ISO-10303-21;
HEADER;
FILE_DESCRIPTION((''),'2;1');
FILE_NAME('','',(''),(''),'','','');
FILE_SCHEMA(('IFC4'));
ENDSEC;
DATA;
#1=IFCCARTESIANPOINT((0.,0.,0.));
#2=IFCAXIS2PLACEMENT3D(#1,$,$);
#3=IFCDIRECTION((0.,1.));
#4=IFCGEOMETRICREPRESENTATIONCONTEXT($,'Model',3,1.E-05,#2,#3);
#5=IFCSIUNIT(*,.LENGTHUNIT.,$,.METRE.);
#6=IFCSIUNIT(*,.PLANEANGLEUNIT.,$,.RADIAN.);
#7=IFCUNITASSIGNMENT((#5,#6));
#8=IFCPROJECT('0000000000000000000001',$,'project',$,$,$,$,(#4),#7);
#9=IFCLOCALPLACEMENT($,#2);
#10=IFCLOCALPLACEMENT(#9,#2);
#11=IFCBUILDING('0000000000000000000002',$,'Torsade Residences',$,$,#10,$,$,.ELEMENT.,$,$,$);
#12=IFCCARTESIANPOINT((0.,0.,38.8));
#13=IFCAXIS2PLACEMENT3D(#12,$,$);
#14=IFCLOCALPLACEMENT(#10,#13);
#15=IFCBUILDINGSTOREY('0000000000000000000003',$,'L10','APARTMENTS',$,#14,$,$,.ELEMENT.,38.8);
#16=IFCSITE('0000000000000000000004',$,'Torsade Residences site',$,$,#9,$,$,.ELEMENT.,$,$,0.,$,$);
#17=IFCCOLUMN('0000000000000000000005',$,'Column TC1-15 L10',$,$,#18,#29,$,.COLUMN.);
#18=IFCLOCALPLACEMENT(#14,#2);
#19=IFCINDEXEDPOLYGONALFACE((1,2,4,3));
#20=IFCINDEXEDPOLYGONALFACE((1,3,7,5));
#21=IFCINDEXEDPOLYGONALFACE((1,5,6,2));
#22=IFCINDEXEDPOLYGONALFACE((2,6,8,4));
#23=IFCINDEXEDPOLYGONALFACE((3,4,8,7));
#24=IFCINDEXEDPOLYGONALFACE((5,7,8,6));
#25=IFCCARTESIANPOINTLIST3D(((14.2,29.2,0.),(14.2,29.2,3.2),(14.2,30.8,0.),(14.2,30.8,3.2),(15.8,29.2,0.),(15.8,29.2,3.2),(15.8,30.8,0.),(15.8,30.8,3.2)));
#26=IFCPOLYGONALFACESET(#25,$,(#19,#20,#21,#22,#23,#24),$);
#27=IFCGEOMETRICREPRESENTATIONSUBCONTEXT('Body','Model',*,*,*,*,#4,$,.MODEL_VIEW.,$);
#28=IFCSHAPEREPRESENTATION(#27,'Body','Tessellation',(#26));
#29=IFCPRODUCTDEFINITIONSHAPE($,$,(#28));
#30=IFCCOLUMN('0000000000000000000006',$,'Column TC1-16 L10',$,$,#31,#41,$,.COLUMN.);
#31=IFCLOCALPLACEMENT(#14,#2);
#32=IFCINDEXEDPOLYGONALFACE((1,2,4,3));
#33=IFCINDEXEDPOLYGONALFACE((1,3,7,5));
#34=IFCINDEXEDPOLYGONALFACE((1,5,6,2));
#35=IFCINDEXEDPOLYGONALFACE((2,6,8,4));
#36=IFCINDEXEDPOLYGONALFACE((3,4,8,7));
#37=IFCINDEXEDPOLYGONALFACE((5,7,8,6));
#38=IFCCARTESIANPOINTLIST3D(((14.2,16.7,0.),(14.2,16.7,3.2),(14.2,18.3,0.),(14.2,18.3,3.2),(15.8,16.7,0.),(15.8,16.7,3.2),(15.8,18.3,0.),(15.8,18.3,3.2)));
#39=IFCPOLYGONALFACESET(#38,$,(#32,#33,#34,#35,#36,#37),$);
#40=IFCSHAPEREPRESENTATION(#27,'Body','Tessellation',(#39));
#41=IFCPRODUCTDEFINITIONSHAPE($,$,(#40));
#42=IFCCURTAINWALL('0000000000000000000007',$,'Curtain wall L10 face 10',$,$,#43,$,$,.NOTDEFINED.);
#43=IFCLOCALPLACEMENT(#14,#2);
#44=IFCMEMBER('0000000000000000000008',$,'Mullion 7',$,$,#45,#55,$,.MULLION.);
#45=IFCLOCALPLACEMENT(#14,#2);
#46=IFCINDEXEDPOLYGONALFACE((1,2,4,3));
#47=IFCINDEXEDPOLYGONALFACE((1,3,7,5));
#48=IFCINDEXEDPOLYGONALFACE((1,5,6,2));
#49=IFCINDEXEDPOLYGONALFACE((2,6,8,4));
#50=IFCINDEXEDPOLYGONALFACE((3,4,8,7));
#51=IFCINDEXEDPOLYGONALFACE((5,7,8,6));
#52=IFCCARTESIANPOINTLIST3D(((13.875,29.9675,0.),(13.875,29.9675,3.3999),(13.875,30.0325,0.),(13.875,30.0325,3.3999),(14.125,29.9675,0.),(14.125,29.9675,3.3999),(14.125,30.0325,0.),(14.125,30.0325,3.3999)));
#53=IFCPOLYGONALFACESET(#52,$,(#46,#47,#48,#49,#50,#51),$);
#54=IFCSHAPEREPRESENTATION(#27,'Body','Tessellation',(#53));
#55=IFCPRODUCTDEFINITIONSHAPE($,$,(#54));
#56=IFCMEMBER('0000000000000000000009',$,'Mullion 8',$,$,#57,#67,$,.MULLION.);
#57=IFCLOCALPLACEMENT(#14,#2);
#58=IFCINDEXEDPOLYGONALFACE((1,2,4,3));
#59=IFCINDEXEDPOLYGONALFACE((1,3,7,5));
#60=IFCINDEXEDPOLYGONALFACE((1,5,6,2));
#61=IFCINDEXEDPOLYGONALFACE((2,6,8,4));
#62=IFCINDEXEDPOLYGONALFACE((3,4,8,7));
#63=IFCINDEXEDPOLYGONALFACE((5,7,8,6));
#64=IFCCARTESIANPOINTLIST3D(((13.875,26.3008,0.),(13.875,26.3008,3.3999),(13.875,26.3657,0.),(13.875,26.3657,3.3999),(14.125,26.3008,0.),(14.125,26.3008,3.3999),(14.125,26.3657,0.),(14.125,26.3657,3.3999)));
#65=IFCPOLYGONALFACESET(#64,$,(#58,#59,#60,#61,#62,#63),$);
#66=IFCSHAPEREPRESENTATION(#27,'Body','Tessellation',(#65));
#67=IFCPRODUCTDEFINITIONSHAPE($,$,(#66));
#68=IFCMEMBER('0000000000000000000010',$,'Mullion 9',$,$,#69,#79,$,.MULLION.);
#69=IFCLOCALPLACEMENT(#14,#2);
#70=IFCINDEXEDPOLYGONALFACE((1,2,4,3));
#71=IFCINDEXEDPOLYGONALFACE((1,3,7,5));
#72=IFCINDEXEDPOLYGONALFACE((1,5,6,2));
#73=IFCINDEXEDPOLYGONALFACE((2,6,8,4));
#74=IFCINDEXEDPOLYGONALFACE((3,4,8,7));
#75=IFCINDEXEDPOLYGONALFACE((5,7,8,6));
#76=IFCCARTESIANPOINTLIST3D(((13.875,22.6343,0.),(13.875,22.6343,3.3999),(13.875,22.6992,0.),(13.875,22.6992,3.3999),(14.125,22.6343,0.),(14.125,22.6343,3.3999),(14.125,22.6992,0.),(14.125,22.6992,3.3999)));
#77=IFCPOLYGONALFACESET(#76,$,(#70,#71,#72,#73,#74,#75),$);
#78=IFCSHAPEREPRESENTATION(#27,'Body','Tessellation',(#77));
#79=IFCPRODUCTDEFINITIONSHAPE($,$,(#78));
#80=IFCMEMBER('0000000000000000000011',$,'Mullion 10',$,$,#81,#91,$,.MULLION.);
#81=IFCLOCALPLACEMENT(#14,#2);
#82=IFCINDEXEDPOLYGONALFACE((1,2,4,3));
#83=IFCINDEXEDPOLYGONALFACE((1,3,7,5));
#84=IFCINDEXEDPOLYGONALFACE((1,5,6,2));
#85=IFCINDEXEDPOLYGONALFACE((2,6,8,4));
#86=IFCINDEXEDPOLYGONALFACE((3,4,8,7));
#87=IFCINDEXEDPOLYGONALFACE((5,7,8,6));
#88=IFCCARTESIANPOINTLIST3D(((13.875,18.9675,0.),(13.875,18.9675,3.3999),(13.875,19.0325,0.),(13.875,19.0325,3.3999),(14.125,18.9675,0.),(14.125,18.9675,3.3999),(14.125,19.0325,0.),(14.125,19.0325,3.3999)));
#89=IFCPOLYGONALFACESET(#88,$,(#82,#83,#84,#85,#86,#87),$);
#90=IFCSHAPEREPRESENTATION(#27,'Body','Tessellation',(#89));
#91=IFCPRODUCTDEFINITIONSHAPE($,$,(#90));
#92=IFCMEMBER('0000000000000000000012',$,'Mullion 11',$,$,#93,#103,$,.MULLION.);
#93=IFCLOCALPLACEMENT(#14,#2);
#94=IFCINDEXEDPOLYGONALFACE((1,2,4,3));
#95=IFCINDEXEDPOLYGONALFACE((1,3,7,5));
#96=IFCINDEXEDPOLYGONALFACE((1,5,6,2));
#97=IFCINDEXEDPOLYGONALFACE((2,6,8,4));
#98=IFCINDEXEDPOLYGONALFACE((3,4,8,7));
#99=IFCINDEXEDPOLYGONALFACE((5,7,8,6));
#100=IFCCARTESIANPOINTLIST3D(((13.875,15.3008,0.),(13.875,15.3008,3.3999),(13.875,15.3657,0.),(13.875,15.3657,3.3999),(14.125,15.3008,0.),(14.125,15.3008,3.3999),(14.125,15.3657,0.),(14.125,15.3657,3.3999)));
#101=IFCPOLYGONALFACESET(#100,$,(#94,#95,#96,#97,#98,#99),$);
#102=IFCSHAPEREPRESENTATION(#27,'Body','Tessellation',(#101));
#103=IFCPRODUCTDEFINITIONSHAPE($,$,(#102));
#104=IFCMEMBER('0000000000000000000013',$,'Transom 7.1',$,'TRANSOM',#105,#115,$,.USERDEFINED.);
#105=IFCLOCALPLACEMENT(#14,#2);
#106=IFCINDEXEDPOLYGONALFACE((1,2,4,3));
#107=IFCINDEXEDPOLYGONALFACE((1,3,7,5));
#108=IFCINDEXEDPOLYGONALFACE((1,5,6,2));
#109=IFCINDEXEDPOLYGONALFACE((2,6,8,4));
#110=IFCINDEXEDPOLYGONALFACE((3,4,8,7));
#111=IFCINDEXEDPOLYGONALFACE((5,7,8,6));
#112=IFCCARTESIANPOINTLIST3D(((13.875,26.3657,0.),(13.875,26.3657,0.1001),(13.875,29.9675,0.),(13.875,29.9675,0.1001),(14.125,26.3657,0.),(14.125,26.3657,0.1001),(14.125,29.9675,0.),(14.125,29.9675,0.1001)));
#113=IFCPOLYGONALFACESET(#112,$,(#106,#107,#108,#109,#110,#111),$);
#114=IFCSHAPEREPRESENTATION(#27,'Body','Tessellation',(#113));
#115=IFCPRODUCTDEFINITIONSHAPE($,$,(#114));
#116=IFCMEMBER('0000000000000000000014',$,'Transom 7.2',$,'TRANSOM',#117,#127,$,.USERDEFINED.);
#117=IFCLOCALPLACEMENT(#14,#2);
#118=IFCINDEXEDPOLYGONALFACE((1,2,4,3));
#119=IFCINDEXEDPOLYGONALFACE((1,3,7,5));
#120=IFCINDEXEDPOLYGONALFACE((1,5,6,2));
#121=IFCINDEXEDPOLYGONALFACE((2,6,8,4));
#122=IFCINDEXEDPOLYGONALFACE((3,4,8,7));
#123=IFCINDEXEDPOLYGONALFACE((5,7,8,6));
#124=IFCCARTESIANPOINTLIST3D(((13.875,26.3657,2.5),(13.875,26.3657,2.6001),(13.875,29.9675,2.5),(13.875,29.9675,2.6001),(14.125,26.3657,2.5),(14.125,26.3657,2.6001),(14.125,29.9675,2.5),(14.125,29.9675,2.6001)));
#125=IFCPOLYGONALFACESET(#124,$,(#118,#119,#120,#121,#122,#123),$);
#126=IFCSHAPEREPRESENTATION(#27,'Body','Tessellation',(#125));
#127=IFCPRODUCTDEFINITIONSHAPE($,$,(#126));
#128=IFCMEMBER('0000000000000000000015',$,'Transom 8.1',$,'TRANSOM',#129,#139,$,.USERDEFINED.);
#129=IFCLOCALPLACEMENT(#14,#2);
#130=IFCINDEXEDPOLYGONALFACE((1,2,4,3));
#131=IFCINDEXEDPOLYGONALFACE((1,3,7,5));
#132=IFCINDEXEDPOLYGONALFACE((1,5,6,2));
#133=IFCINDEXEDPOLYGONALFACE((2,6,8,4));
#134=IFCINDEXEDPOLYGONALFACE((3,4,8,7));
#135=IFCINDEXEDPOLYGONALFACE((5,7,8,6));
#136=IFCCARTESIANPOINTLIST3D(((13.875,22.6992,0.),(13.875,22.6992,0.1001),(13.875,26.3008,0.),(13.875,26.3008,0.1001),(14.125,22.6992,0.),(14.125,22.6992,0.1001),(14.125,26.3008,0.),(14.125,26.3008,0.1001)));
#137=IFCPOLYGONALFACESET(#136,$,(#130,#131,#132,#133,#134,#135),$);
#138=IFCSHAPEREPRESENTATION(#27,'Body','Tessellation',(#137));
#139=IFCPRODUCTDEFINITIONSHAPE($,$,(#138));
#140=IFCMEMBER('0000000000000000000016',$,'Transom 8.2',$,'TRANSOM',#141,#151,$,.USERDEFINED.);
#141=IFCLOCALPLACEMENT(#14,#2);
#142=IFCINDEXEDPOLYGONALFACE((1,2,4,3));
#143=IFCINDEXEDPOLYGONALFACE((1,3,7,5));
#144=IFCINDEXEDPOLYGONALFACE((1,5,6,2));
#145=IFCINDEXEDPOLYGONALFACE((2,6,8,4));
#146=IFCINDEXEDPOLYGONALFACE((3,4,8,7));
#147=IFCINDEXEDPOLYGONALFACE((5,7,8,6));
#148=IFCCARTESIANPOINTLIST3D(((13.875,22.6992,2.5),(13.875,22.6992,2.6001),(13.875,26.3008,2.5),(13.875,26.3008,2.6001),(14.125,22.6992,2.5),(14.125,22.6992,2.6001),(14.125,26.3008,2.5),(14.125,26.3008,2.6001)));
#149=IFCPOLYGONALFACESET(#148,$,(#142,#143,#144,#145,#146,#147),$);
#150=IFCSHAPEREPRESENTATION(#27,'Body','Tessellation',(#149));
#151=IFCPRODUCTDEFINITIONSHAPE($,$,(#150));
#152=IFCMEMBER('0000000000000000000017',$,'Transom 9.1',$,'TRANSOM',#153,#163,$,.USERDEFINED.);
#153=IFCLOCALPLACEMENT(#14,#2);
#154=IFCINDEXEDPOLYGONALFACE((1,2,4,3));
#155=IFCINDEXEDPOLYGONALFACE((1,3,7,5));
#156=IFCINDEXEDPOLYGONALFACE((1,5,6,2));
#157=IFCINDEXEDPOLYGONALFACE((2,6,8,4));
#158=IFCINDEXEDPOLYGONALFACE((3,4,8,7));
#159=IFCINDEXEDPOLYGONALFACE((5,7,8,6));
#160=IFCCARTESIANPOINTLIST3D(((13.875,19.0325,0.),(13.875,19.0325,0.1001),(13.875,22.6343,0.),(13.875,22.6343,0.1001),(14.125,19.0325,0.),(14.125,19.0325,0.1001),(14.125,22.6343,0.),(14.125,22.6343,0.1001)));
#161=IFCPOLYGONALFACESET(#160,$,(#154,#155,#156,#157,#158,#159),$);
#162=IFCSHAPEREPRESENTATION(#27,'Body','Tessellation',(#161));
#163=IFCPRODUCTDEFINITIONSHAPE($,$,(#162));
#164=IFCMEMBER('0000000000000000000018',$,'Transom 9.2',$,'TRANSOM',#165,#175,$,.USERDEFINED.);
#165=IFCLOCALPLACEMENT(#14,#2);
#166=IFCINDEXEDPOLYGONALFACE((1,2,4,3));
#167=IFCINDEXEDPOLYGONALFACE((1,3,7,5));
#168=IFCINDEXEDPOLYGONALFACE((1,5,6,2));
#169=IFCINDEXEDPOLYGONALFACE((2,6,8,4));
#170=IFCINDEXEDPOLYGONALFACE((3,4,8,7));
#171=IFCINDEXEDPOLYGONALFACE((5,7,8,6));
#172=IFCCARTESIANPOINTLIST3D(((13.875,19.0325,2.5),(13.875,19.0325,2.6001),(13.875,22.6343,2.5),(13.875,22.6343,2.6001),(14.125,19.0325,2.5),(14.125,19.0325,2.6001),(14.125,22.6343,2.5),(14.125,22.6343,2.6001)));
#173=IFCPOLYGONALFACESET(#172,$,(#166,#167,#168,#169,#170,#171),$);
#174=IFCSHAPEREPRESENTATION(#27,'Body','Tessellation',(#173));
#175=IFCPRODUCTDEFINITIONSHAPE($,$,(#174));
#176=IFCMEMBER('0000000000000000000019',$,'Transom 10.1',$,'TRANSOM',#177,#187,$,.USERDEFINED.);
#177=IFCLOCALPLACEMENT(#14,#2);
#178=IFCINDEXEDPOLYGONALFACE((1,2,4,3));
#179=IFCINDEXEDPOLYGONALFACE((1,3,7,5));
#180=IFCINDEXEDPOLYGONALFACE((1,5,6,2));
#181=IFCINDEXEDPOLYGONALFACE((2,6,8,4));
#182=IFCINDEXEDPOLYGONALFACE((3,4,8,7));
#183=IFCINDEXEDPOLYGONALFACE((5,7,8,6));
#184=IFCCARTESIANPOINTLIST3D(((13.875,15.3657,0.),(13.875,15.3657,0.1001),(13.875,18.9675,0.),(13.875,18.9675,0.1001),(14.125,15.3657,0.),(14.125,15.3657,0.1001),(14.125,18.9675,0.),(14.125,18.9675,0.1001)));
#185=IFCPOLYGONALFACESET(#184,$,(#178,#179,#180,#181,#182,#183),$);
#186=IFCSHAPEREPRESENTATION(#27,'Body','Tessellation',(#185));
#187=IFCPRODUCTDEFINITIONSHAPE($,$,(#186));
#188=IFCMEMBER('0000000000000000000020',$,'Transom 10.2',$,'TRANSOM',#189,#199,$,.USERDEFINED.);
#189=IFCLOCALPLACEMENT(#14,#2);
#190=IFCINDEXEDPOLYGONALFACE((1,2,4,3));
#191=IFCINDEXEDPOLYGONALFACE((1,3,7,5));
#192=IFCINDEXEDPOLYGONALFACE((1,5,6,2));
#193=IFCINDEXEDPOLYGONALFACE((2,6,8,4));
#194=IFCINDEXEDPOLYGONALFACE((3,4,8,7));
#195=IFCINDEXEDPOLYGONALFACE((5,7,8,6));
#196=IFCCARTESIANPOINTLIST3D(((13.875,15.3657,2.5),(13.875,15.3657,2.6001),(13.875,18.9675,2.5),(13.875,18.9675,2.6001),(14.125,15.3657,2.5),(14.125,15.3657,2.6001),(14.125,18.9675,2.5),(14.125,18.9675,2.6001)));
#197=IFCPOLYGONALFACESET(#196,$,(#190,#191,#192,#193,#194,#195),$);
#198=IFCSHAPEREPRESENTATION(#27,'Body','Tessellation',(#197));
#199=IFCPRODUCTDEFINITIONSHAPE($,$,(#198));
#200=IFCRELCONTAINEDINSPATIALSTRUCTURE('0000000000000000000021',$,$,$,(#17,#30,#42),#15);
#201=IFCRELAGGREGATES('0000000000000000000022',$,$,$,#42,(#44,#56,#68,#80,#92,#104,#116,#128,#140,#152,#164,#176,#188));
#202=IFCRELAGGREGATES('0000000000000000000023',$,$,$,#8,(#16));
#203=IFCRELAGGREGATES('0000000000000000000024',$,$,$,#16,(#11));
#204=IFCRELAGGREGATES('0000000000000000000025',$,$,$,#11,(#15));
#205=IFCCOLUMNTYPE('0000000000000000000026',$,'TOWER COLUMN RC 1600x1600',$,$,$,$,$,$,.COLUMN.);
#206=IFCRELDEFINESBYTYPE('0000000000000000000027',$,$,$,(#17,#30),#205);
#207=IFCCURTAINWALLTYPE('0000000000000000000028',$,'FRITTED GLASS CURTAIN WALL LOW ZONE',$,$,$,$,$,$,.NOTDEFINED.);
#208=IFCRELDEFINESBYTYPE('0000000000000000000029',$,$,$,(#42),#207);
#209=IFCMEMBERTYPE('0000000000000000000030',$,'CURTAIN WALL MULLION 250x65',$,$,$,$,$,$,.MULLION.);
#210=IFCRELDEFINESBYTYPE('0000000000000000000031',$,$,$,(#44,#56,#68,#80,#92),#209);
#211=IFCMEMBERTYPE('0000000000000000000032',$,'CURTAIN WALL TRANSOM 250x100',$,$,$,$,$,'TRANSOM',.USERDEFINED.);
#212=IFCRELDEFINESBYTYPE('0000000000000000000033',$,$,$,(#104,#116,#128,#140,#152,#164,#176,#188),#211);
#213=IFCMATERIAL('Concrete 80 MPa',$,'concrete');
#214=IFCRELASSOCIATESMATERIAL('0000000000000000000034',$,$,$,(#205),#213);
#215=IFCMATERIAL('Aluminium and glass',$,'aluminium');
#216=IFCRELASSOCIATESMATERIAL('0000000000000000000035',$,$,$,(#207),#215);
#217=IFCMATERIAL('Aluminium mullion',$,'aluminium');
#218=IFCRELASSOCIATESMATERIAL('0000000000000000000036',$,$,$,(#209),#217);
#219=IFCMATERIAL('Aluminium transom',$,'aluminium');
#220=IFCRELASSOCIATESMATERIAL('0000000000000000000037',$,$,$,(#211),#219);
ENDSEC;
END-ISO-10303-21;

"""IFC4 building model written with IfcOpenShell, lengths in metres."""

from ifc_helpers import new_model, si_unit, direction, frame, origin, origin_2d, place, context, subcontext, project, spatial, rectangle, extrude, material, material_profile, profile_set, type_object, element, aggregate, save


model = new_model("IFC4")

# Units and contexts
model_context = context("Model", 3, precision=1e-05, world=origin(), true_north=direction((0.0, 1.0)))
body_context = subcontext(model_context, "Body", "Model", "MODEL_VIEW")
ifc_project = project(units=[si_unit("LENGTHUNIT", "METRE"), si_unit("PLANEANGLEUNIT", "RADIAN")], contexts=[model_context])

# Site, building, storey
site_placement = place(None, origin())
site = spatial("IfcSite", under=ifc_project, at=site_placement, Name="Torsade Residences site", CompositionType="ELEMENT", RefElevation=0.0)
building_placement = place(site_placement, origin())
building = spatial("IfcBuilding", under=site, at=building_placement, Name="Torsade Residences", CompositionType="ELEMENT")
storey_placement = place(building_placement, frame((0.0, 0.0, 38.8)))
storey = spatial("IfcBuildingStorey", under=building, at=storey_placement, Name="L10", Description="APARTMENTS", CompositionType="ELEMENT", Elevation=38.8)

# Columns
ifc_material_1 = material(Name="Concrete 80 MPa", Category="concrete")
ifc_material_profile_1 = material_profile(ifc_material_1, rectangle(XDim=1.6001, YDim=1.6001, at=origin_2d()), Name="RC 1600x1600")
ifc_profile_set_1 = profile_set([ifc_material_profile_1], Name="Concrete 80 MPa")
column_type = type_object("IfcColumnType", Name="TOWER COLUMN RC 1600x1600", PredefinedType="COLUMN", material=ifc_profile_set_1)
for number, where, z_axis, x_axis, name in (
    (1, (15.0, 30.0, 0.0), (0.0, 0.0, 1.0), (1.0, 0.0, 0.0), "Column TC1-15 L10"),
    (2, (15.0, 17.5, 0.0), (0.0, 0.0, 1.0), (1.0, 0.0, 0.0), "Column TC1-16 L10"),
):
    element("IfcColumn", number, at=place(storey_placement, frame(where, z_axis=z_axis, x_axis=x_axis)), inside=storey, type_object=column_type, Name=name, PredefinedType="COLUMN", context=body_context, shape_type="SweptSolid", body=[
        extrude(rectangle(XDim=1.6001, YDim=1.6001, at=origin_2d()), origin(), (0.0, 0.0, 1.0), 3.2),
    ])

# Curtain wall, members
ifc_material_2 = material(Name="Aluminium and glass", Category="aluminium")
curtain_wall_type = type_object("IfcCurtainWallType", Name="FRITTED GLASS CURTAIN WALL LOW ZONE", PredefinedType="NOTDEFINED", material=ifc_material_2)
curtain_wall_placement = place(storey_placement, origin())
curtain_wall = element("IfcCurtainWall", 3, at=curtain_wall_placement, inside=storey, type_object=curtain_wall_type, Name="Curtain wall L10 face 10", PredefinedType="NOTDEFINED")
ifc_material_3 = material(Name="Aluminium mullion", Category="aluminium")
ifc_material_profile_2 = material_profile(ifc_material_3, rectangle(XDim=0.25, YDim=0.0649, at=origin_2d()), Name="CURTAIN WALL MULLION 250x65")
ifc_profile_set_2 = profile_set([ifc_material_profile_2], Name="Aluminium mullion")
member_type_1 = type_object("IfcMemberType", Name="CURTAIN WALL MULLION 250x65", PredefinedType="MULLION", material=ifc_profile_set_2)
member_1_placement = place(storey_placement, frame((14.0, 30.0, 0.0), z_axis=(0.0, 0.0, 1.0), x_axis=(1.0, 0.0, 0.0)))
member_1 = element("IfcMember", 4, at=member_1_placement, type_object=member_type_1, Name="Mullion 7", PredefinedType="MULLION", context=body_context, shape_type="SweptSolid", body=[
    extrude(rectangle(XDim=0.25, YDim=0.0649, at=origin_2d()), origin(), (0.0, 0.0, 1.0), 3.3999),
])
member_2_placement = place(storey_placement, frame((14.0, 26.3333, 0.0), z_axis=(0.0, 0.0, 1.0), x_axis=(1.0, 0.0, 0.0)))
member_2 = element("IfcMember", 5, at=member_2_placement, type_object=member_type_1, Name="Mullion 8", PredefinedType="MULLION", context=body_context, shape_type="SweptSolid", body=[
    extrude(rectangle(XDim=0.25, YDim=0.0649, at=origin_2d()), origin(), (0.0, 0.0, 1.0), 3.3999),
])
member_3_placement = place(storey_placement, frame((14.0, 22.6667, 0.0), z_axis=(0.0, 0.0, 1.0), x_axis=(1.0, 0.0, 0.0)))
member_3 = element("IfcMember", 6, at=member_3_placement, type_object=member_type_1, Name="Mullion 9", PredefinedType="MULLION", context=body_context, shape_type="SweptSolid", body=[
    extrude(rectangle(XDim=0.25, YDim=0.0649, at=origin_2d()), origin(), (0.0, 0.0, 1.0), 3.3999),
])
member_4_placement = place(storey_placement, frame((14.0, 19.0, 0.0), z_axis=(0.0, 0.0, 1.0), x_axis=(1.0, 0.0, 0.0)))
member_4 = element("IfcMember", 7, at=member_4_placement, type_object=member_type_1, Name="Mullion 10", PredefinedType="MULLION", context=body_context, shape_type="SweptSolid", body=[
    extrude(rectangle(XDim=0.25, YDim=0.0649, at=origin_2d()), origin(), (0.0, 0.0, 1.0), 3.3999),
])
member_5_placement = place(storey_placement, frame((14.0, 15.3333, 0.0), z_axis=(0.0, 0.0, 1.0), x_axis=(1.0, 0.0, 0.0)))
member_5 = element("IfcMember", 8, at=member_5_placement, type_object=member_type_1, Name="Mullion 11", PredefinedType="MULLION", context=body_context, shape_type="SweptSolid", body=[
    extrude(rectangle(XDim=0.25, YDim=0.0649, at=origin_2d()), origin(), (0.0, 0.0, 1.0), 3.3999),
])
ifc_material_4 = material(Name="Aluminium transom", Category="aluminium")
ifc_material_profile_3 = material_profile(ifc_material_4, rectangle(XDim=0.25, YDim=0.1001, at=origin_2d()), Name="CURTAIN WALL TRANSOM 250x100")
ifc_profile_set_3 = profile_set([ifc_material_profile_3], Name="Aluminium transom")
member_type_2 = type_object("IfcMemberType", Name="CURTAIN WALL TRANSOM 250x100", ElementType="TRANSOM", PredefinedType="USERDEFINED", material=ifc_profile_set_3)
member_6_placement = place(storey_placement, frame((14.0, 29.9675, 0.05), z_axis=(0.0, -1.0, 0.0), x_axis=(1.0, 0.0, 0.0)))
member_6 = element("IfcMember", 9, at=member_6_placement, type_object=member_type_2, Name="Transom 7.1", ObjectType="TRANSOM", PredefinedType="USERDEFINED", context=body_context, shape_type="SweptSolid", body=[
    extrude(rectangle(XDim=0.25, YDim=0.1001, at=origin_2d()), origin(), (0.0, 0.0, 1.0), 3.6018),
])
member_7_placement = place(storey_placement, frame((14.0, 29.9675, 2.55), z_axis=(0.0, -1.0, 0.0), x_axis=(1.0, 0.0, 0.0)))
member_7 = element("IfcMember", 10, at=member_7_placement, type_object=member_type_2, Name="Transom 7.2", ObjectType="TRANSOM", PredefinedType="USERDEFINED", context=body_context, shape_type="SweptSolid", body=[
    extrude(rectangle(XDim=0.25, YDim=0.1001, at=origin_2d()), origin(), (0.0, 0.0, 1.0), 3.6018),
])
member_8_placement = place(storey_placement, frame((14.0, 26.3008, 0.05), z_axis=(0.0, -1.0, 0.0), x_axis=(1.0, 0.0, 0.0)))
member_8 = element("IfcMember", 11, at=member_8_placement, type_object=member_type_2, Name="Transom 8.1", ObjectType="TRANSOM", PredefinedType="USERDEFINED", context=body_context, shape_type="SweptSolid", body=[
    extrude(rectangle(XDim=0.25, YDim=0.1001, at=origin_2d()), origin(), (0.0, 0.0, 1.0), 3.6016),
])
member_9_placement = place(storey_placement, frame((14.0, 26.3008, 2.55), z_axis=(0.0, -1.0, 0.0), x_axis=(1.0, 0.0, 0.0)))
member_9 = element("IfcMember", 12, at=member_9_placement, type_object=member_type_2, Name="Transom 8.2", ObjectType="TRANSOM", PredefinedType="USERDEFINED", context=body_context, shape_type="SweptSolid", body=[
    extrude(rectangle(XDim=0.25, YDim=0.1001, at=origin_2d()), origin(), (0.0, 0.0, 1.0), 3.6016),
])
member_10_placement = place(storey_placement, frame((14.0, 22.6343, 0.05), z_axis=(0.0, -1.0, 0.0), x_axis=(1.0, 0.0, 0.0)))
member_10 = element("IfcMember", 13, at=member_10_placement, type_object=member_type_2, Name="Transom 9.1", ObjectType="TRANSOM", PredefinedType="USERDEFINED", context=body_context, shape_type="SweptSolid", body=[
    extrude(rectangle(XDim=0.25, YDim=0.1001, at=origin_2d()), origin(), (0.0, 0.0, 1.0), 3.6018),
])
member_11_placement = place(storey_placement, frame((14.0, 22.6343, 2.55), z_axis=(0.0, -1.0, 0.0), x_axis=(1.0, 0.0, 0.0)))
member_11 = element("IfcMember", 14, at=member_11_placement, type_object=member_type_2, Name="Transom 9.2", ObjectType="TRANSOM", PredefinedType="USERDEFINED", context=body_context, shape_type="SweptSolid", body=[
    extrude(rectangle(XDim=0.25, YDim=0.1001, at=origin_2d()), origin(), (0.0, 0.0, 1.0), 3.6018),
])
member_12_placement = place(storey_placement, frame((14.0, 18.9675, 0.05), z_axis=(0.0, -1.0, 0.0), x_axis=(1.0, 0.0, 0.0)))
member_12 = element("IfcMember", 15, at=member_12_placement, type_object=member_type_2, Name="Transom 10.1", ObjectType="TRANSOM", PredefinedType="USERDEFINED", context=body_context, shape_type="SweptSolid", body=[
    extrude(rectangle(XDim=0.25, YDim=0.1001, at=origin_2d()), origin(), (0.0, 0.0, 1.0), 3.6018),
])
member_13_placement = place(storey_placement, frame((14.0, 18.9675, 2.55), z_axis=(0.0, -1.0, 0.0), x_axis=(1.0, 0.0, 0.0)))
member_13 = element("IfcMember", 16, at=member_13_placement, type_object=member_type_2, Name="Transom 10.2", ObjectType="TRANSOM", PredefinedType="USERDEFINED", context=body_context, shape_type="SweptSolid", body=[
    extrude(rectangle(XDim=0.25, YDim=0.1001, at=origin_2d()), origin(), (0.0, 0.0, 1.0), 3.6018),
])

aggregate(curtain_wall, [member_1, member_2, member_3, member_4, member_5, member_6, member_7, member_8, member_9, member_10, member_11, member_12, member_13])

save(model, "model.ifc")
